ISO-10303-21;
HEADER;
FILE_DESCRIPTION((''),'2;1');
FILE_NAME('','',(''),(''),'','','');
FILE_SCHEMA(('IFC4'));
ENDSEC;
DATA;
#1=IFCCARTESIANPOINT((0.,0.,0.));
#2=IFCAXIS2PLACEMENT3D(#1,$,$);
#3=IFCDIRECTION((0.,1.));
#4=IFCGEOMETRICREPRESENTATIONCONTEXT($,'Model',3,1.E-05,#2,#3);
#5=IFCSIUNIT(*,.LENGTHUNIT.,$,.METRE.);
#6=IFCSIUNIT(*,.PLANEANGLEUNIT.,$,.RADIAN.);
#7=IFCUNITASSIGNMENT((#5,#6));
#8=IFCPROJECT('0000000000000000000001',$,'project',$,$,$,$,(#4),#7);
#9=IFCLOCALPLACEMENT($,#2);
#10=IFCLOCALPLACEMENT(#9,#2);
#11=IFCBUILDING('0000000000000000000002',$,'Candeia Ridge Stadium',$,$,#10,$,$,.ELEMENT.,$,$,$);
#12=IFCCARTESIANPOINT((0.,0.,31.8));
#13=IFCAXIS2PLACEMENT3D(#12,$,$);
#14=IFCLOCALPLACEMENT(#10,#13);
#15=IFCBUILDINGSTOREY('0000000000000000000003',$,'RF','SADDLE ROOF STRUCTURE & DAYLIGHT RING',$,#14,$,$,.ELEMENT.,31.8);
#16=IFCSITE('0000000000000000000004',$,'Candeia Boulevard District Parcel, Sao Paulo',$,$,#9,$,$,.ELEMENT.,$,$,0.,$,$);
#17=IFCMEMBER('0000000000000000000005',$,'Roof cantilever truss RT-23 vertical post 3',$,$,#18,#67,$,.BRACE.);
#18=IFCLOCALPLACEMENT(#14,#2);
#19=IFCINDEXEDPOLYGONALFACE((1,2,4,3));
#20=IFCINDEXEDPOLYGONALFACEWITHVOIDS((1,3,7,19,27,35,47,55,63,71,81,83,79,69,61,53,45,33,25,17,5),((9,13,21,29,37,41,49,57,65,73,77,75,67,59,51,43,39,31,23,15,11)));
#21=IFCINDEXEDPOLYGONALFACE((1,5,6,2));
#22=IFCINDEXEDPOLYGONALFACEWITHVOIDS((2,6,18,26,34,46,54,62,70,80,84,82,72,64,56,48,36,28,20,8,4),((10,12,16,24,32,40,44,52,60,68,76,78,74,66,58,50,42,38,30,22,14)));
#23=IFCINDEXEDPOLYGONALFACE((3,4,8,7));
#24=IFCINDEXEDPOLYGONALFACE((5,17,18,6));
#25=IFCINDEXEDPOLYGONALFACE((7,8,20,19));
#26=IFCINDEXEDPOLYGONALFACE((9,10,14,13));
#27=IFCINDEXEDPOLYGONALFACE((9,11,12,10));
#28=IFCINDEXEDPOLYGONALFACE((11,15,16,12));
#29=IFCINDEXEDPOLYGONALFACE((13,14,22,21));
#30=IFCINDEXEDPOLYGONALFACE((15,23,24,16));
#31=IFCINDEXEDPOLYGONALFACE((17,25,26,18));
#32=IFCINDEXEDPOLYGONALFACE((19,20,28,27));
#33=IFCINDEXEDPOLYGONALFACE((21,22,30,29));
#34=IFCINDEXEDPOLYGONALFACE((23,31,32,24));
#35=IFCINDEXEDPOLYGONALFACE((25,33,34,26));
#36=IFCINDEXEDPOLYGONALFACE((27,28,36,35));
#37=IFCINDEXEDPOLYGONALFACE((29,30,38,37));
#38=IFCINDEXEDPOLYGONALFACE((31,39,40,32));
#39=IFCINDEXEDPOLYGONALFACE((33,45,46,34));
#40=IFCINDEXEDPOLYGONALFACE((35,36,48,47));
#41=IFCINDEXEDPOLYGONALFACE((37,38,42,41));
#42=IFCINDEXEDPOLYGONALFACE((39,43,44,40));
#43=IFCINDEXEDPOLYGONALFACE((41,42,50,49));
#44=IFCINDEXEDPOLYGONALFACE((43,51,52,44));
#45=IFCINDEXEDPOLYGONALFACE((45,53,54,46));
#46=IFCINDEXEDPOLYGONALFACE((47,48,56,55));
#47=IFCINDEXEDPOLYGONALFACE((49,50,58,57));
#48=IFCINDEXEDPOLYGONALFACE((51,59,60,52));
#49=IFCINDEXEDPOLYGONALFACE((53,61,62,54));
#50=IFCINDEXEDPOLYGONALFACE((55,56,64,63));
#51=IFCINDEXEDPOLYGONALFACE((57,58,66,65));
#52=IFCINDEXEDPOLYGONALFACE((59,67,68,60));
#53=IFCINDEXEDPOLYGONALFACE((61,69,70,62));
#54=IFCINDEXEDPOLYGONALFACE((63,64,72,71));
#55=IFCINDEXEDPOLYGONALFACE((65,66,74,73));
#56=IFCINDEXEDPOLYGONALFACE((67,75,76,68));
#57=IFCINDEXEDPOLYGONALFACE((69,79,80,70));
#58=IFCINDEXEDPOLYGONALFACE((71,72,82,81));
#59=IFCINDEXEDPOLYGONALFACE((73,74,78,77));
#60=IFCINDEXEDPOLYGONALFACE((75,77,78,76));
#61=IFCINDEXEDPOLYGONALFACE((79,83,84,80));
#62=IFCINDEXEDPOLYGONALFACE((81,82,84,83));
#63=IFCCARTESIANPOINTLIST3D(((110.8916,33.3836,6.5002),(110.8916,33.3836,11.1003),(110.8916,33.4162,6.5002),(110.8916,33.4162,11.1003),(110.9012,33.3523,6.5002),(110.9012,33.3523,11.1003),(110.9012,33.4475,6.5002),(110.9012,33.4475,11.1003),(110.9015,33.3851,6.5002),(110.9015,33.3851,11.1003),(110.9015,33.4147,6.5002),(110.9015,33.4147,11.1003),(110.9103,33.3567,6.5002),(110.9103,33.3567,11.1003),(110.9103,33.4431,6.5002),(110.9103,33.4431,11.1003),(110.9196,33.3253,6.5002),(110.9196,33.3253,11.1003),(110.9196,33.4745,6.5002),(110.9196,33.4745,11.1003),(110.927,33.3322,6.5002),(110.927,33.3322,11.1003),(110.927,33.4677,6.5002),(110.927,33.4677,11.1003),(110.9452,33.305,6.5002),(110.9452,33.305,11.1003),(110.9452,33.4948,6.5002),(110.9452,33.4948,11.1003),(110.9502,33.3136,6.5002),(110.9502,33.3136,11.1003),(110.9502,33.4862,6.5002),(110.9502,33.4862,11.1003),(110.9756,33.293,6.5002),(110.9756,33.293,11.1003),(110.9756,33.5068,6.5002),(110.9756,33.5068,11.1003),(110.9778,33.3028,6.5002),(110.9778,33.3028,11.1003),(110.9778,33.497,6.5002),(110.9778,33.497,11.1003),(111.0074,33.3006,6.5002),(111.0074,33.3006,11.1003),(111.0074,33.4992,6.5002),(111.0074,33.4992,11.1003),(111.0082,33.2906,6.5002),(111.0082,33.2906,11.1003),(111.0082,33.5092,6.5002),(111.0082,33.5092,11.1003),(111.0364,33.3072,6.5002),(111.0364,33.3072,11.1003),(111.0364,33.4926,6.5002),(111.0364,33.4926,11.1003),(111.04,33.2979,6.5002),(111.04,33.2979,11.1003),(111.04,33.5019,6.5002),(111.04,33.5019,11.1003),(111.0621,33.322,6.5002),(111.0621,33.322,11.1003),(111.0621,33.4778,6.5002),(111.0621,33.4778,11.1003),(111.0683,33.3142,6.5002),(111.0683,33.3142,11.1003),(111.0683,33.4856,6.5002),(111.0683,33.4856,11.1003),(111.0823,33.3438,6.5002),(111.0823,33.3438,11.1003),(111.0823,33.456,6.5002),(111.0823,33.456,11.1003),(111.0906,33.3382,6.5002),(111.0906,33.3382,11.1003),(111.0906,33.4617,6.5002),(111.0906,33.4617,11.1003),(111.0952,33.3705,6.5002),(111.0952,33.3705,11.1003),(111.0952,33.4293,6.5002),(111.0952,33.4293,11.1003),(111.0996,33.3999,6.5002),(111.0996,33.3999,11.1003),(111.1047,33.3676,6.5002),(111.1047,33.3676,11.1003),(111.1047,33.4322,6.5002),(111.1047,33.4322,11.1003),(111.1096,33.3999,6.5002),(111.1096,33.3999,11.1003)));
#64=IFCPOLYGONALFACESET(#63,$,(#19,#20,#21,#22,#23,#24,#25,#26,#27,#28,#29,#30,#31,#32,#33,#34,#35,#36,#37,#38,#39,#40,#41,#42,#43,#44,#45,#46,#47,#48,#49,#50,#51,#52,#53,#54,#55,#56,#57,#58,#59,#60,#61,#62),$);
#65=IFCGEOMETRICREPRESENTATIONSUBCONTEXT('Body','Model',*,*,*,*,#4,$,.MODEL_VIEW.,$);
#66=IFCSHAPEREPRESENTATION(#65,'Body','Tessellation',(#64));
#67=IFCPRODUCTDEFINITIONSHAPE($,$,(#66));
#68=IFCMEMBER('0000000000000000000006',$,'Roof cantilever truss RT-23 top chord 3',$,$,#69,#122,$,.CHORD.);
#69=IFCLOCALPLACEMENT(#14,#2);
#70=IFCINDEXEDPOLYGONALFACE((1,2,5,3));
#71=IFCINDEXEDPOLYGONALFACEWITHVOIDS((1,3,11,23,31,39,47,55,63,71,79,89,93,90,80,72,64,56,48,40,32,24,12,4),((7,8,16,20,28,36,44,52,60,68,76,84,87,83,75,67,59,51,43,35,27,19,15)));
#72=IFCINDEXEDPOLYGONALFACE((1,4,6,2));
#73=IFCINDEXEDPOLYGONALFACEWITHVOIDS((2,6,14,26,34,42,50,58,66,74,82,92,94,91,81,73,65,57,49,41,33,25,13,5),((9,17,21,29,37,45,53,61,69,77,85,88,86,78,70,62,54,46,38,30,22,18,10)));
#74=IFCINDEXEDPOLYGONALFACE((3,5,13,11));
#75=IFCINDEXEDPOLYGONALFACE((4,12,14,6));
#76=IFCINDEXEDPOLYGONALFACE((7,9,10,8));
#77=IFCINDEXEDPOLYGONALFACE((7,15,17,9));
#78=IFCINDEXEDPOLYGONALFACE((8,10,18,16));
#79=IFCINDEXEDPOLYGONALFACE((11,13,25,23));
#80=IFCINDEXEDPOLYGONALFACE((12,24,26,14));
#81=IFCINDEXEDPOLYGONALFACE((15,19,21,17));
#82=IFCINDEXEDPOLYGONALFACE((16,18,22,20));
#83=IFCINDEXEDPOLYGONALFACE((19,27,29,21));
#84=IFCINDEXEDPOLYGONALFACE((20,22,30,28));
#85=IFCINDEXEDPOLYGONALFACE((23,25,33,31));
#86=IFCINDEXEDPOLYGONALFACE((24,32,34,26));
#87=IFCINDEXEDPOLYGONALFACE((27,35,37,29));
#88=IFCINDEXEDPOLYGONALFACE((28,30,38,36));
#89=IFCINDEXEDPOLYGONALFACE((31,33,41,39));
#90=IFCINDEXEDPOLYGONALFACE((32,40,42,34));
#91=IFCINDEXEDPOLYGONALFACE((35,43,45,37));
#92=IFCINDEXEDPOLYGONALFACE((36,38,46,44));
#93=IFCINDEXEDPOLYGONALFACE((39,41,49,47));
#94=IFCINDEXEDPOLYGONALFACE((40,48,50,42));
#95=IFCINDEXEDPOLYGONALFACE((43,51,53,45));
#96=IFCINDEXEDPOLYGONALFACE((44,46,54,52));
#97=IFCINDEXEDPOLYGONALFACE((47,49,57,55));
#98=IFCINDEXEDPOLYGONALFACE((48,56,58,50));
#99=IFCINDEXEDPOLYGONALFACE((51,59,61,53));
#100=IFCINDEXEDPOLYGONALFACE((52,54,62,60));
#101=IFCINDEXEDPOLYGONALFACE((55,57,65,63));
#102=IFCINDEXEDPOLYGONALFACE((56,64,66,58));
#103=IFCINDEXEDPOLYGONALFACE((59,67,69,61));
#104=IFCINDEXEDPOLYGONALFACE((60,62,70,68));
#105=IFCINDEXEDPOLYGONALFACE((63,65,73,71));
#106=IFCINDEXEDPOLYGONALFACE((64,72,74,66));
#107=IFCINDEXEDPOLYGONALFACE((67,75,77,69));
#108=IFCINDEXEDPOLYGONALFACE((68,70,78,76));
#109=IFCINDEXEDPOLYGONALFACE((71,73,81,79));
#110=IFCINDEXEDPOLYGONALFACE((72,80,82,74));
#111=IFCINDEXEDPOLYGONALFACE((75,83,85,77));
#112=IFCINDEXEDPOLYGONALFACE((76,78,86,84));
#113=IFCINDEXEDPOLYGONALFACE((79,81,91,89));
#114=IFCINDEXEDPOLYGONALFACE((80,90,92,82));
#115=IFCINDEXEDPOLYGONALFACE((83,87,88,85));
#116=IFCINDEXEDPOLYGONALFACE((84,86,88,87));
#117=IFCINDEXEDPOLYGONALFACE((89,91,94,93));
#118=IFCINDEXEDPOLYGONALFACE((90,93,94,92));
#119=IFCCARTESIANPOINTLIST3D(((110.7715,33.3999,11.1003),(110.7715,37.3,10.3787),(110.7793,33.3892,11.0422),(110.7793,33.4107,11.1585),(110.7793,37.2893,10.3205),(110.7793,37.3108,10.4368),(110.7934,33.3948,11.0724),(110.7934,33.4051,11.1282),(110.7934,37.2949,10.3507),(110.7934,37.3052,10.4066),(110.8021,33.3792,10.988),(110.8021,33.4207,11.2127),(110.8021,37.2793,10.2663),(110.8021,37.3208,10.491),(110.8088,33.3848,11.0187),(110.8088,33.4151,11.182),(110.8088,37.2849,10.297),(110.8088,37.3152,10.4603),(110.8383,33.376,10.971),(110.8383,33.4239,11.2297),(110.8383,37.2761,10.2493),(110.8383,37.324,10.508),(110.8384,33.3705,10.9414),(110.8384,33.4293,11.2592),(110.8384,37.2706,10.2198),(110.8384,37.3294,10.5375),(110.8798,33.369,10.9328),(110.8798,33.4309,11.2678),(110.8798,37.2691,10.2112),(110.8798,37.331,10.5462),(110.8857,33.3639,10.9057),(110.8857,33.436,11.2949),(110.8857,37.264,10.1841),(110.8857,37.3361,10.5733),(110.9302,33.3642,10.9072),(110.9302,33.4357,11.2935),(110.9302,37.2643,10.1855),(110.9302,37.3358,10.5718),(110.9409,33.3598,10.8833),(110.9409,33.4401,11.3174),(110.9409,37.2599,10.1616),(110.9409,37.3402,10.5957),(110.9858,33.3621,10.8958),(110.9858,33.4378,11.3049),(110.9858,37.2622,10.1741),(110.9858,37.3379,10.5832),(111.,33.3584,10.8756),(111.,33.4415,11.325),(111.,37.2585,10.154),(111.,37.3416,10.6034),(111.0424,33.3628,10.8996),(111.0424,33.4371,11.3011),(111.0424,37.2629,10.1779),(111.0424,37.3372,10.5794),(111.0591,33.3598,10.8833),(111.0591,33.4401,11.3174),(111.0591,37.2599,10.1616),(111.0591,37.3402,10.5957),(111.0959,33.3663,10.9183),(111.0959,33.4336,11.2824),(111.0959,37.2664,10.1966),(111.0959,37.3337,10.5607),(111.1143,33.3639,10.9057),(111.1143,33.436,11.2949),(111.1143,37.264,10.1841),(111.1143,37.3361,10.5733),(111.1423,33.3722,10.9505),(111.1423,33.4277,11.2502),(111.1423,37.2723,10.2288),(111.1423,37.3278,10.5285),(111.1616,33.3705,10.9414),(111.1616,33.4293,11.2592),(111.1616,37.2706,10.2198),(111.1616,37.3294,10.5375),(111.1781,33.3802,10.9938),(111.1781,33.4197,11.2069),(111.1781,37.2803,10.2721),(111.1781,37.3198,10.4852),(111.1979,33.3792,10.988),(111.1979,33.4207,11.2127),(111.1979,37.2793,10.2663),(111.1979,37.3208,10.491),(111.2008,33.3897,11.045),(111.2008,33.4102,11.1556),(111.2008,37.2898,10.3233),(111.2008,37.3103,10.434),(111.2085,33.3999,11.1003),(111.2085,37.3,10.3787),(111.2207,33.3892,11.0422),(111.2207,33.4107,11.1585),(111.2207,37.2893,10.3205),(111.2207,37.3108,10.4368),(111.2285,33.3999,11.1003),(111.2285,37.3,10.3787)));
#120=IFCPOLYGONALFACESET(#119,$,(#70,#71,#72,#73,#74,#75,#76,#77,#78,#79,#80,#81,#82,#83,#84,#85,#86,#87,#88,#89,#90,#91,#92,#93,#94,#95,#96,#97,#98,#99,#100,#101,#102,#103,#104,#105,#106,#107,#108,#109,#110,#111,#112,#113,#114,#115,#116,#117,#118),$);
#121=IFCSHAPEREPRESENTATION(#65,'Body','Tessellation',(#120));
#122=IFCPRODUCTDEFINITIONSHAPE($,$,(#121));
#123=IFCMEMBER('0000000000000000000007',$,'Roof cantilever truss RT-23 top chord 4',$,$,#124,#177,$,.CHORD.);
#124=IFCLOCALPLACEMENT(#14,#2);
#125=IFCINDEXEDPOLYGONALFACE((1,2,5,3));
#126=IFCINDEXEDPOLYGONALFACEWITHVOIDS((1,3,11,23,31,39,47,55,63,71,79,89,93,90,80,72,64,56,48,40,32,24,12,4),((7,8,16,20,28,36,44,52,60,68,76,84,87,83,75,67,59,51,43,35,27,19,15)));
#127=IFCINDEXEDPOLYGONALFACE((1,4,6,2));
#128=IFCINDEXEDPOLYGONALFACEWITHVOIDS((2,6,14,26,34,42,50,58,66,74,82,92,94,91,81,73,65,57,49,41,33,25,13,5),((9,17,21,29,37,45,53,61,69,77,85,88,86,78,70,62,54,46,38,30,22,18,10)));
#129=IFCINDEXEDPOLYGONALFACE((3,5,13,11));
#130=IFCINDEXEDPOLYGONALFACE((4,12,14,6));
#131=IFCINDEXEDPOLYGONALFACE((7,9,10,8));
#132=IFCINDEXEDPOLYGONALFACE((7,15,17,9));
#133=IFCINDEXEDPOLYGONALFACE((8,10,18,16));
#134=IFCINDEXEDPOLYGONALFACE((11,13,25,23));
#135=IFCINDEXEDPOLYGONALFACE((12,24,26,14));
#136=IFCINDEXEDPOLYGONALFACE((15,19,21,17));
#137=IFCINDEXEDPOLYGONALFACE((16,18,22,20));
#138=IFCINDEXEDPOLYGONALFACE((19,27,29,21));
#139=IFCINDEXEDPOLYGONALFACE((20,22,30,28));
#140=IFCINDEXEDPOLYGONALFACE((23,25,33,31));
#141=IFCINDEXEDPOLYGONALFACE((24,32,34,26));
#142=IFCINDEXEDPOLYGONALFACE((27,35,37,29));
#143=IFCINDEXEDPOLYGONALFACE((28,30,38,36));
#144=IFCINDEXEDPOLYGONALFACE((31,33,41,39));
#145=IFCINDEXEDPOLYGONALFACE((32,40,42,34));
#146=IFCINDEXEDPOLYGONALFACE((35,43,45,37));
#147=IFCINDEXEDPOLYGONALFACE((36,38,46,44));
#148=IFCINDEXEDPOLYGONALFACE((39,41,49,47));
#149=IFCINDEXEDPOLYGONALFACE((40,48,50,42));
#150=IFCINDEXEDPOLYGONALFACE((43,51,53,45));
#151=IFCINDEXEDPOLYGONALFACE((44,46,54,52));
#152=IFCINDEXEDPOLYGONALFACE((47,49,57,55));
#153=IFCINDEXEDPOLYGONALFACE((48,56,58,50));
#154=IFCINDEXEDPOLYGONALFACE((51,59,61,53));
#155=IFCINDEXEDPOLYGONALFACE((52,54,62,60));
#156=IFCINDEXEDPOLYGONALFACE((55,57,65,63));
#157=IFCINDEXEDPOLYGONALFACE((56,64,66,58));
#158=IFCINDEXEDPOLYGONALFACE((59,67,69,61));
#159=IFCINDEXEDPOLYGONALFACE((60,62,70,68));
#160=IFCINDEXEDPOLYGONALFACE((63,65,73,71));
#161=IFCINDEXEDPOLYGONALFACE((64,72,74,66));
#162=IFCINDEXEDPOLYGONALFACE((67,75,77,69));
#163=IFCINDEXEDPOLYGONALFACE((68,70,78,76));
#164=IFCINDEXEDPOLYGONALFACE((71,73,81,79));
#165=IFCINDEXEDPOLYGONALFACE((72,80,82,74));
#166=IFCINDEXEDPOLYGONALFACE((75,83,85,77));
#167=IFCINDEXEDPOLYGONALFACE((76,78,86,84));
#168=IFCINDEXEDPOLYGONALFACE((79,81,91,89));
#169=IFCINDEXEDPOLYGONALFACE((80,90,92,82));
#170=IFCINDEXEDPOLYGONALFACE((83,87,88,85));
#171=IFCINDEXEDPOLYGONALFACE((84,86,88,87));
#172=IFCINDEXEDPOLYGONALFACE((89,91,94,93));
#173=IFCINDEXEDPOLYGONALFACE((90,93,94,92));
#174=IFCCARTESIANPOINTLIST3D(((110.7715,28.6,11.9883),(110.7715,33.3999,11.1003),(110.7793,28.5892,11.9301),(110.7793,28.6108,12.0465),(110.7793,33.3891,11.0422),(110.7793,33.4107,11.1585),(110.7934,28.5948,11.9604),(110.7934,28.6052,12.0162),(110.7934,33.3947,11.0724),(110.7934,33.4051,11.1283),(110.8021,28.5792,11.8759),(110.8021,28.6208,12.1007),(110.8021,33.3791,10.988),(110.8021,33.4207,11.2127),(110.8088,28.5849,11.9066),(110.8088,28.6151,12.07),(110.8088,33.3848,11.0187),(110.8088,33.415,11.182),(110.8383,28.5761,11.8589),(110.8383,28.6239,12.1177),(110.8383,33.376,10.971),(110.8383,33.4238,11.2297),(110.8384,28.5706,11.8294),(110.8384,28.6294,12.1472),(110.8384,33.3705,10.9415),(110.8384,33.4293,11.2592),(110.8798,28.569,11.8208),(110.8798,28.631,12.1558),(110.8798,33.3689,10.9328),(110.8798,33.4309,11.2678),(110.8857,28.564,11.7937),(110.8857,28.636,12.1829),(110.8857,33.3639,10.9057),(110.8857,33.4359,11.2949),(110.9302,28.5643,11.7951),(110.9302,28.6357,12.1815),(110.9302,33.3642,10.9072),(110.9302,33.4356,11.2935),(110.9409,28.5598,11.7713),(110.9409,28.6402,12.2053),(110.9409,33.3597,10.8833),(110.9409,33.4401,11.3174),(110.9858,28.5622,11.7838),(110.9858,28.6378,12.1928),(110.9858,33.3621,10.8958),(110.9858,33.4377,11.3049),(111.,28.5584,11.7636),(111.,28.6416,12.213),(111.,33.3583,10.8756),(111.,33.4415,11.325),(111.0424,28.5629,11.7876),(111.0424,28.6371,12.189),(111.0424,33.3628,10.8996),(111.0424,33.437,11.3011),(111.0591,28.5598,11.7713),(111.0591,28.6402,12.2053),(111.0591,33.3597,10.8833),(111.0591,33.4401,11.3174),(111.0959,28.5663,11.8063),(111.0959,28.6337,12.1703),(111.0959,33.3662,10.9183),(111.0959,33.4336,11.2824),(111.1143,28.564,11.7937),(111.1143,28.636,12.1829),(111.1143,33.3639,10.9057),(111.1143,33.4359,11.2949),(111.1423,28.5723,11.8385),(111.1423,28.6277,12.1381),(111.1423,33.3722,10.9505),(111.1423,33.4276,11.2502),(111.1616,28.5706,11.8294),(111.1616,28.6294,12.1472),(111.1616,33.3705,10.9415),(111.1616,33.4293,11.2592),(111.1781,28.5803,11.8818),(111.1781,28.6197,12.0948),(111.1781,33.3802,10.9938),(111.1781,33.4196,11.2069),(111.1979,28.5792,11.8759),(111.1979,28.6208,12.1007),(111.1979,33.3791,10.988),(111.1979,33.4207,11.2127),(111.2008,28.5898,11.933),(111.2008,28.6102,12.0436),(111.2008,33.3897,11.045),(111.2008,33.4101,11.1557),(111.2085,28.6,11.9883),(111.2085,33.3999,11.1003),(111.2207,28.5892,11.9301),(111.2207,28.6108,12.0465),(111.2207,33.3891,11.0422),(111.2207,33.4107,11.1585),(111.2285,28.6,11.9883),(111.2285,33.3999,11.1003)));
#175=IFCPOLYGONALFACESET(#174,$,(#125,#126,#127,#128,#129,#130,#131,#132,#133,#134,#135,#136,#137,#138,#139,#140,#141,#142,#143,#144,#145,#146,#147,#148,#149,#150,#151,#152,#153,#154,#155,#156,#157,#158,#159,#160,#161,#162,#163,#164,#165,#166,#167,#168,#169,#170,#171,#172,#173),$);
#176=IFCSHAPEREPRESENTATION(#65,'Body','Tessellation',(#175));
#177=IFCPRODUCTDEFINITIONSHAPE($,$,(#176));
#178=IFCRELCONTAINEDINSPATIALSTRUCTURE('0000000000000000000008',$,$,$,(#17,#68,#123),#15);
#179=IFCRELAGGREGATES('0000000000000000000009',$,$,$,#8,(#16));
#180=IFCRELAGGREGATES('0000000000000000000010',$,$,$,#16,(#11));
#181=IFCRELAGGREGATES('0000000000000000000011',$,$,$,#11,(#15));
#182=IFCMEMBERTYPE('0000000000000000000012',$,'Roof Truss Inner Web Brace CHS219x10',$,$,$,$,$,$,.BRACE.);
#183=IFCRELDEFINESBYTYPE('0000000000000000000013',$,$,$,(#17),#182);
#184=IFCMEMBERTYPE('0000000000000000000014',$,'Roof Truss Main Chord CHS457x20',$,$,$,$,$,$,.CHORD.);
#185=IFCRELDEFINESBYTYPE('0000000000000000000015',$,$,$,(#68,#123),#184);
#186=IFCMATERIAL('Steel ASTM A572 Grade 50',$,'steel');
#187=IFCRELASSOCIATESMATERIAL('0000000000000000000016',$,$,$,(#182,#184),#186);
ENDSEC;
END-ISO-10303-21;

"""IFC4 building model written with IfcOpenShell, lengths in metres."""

from ifc_helpers import new_model, si_unit, direction, frame, origin, origin_2d, place, context, subcontext, project, spatial, hollow_circle, extrude, material, material_profile, profile_set, type_object, element, save


model = new_model("IFC4")

# Units and contexts
model_context = context("Model", 3, precision=1e-05, world=origin(), true_north=direction((0.0, 1.0)))
body_context = subcontext(model_context, "Body", "Model", "MODEL_VIEW")
ifc_project = project(units=[si_unit("LENGTHUNIT", "METRE"), si_unit("PLANEANGLEUNIT", "RADIAN")], contexts=[model_context])

# Site, building, storey
site_placement = place(None, origin())
site = spatial("IfcSite", under=ifc_project, at=site_placement, Name="Candeia Boulevard District Parcel, Sao Paulo", CompositionType="ELEMENT", RefElevation=0.0)
building_placement = place(site_placement, origin())
building = spatial("IfcBuilding", under=site, at=building_placement, Name="Candeia Ridge Stadium", CompositionType="ELEMENT")
storey_placement = place(building_placement, frame((0.0, 0.0, 31.8)))
storey = spatial("IfcBuildingStorey", under=building, at=storey_placement, Name="RF", Description="SADDLE ROOF STRUCTURE & DAYLIGHT RING", CompositionType="ELEMENT", Elevation=31.8)

# Shared definitions
ifc_material_1 = material(Name="Steel ASTM A572 Grade 50", Category="steel")

# Members
ifc_material_profile_1 = material_profile(ifc_material_1, hollow_circle(Radius=0.1096, WallThickness=0.01, at=origin_2d()), Name="CHS219x10", Category="steel")
ifc_profile_set_1 = profile_set([ifc_material_profile_1], Name="Steel ASTM A572 Grade 50")
member_type_1 = type_object("IfcMemberType", Name="Roof Truss Inner Web Brace CHS219x10", PredefinedType="BRACE", material=ifc_profile_set_1)
member_1_placement = place(storey_placement, frame((111.0, 33.3999, 6.5002), z_axis=(0.0, 0.0, 1.0), x_axis=(1.0, 0.0, 0.0)))
element("IfcMember", 1, at=member_1_placement, inside=storey, type_object=member_type_1, Name="Roof cantilever truss RT-23 vertical post 3", PredefinedType="BRACE", context=body_context, shape_type="SweptSolid", body=[
    extrude(hollow_circle(Radius=0.1096, WallThickness=0.01, at=origin_2d()), origin(), (0.0, 0.0, 1.0), 4.6001),
])
ifc_material_profile_2 = material_profile(ifc_material_1, hollow_circle(Radius=0.2285, WallThickness=0.02, at=origin_2d()), Name="CHS457x20", Category="steel")
ifc_profile_set_2 = profile_set([ifc_material_profile_2], Name="Steel ASTM A572 Grade 50")
member_type_2 = type_object("IfcMemberType", Name="Roof Truss Main Chord CHS457x20", PredefinedType="CHORD", material=ifc_profile_set_2)
member_2_placement = place(storey_placement, frame((111.0, 37.3, 10.3787), z_axis=(0.0, -0.983308, 0.18195), x_axis=(1.0, 0.0, 0.0)))
element("IfcMember", 2, at=member_2_placement, inside=storey, type_object=member_type_2, Name="Roof cantilever truss RT-23 top chord 3", PredefinedType="CHORD", context=body_context, shape_type="SweptSolid", body=[
    extrude(hollow_circle(Radius=0.2285, WallThickness=0.02, at=origin_2d()), origin(), (0.0, 0.0, 1.0), 3.9663),
])
member_3_placement = place(storey_placement, frame((111.0, 33.3999, 11.1003), z_axis=(0.0, -0.983315, 0.181908), x_axis=(1.0, 0.0, 0.0)))
element("IfcMember", 3, at=member_3_placement, inside=storey, type_object=member_type_2, Name="Roof cantilever truss RT-23 top chord 4", PredefinedType="CHORD", context=body_context, shape_type="SweptSolid", body=[
    extrude(hollow_circle(Radius=0.2285, WallThickness=0.02, at=origin_2d()), origin(), (0.0, 0.0, 1.0), 4.8813),
])

save(model, "model.ifc")
